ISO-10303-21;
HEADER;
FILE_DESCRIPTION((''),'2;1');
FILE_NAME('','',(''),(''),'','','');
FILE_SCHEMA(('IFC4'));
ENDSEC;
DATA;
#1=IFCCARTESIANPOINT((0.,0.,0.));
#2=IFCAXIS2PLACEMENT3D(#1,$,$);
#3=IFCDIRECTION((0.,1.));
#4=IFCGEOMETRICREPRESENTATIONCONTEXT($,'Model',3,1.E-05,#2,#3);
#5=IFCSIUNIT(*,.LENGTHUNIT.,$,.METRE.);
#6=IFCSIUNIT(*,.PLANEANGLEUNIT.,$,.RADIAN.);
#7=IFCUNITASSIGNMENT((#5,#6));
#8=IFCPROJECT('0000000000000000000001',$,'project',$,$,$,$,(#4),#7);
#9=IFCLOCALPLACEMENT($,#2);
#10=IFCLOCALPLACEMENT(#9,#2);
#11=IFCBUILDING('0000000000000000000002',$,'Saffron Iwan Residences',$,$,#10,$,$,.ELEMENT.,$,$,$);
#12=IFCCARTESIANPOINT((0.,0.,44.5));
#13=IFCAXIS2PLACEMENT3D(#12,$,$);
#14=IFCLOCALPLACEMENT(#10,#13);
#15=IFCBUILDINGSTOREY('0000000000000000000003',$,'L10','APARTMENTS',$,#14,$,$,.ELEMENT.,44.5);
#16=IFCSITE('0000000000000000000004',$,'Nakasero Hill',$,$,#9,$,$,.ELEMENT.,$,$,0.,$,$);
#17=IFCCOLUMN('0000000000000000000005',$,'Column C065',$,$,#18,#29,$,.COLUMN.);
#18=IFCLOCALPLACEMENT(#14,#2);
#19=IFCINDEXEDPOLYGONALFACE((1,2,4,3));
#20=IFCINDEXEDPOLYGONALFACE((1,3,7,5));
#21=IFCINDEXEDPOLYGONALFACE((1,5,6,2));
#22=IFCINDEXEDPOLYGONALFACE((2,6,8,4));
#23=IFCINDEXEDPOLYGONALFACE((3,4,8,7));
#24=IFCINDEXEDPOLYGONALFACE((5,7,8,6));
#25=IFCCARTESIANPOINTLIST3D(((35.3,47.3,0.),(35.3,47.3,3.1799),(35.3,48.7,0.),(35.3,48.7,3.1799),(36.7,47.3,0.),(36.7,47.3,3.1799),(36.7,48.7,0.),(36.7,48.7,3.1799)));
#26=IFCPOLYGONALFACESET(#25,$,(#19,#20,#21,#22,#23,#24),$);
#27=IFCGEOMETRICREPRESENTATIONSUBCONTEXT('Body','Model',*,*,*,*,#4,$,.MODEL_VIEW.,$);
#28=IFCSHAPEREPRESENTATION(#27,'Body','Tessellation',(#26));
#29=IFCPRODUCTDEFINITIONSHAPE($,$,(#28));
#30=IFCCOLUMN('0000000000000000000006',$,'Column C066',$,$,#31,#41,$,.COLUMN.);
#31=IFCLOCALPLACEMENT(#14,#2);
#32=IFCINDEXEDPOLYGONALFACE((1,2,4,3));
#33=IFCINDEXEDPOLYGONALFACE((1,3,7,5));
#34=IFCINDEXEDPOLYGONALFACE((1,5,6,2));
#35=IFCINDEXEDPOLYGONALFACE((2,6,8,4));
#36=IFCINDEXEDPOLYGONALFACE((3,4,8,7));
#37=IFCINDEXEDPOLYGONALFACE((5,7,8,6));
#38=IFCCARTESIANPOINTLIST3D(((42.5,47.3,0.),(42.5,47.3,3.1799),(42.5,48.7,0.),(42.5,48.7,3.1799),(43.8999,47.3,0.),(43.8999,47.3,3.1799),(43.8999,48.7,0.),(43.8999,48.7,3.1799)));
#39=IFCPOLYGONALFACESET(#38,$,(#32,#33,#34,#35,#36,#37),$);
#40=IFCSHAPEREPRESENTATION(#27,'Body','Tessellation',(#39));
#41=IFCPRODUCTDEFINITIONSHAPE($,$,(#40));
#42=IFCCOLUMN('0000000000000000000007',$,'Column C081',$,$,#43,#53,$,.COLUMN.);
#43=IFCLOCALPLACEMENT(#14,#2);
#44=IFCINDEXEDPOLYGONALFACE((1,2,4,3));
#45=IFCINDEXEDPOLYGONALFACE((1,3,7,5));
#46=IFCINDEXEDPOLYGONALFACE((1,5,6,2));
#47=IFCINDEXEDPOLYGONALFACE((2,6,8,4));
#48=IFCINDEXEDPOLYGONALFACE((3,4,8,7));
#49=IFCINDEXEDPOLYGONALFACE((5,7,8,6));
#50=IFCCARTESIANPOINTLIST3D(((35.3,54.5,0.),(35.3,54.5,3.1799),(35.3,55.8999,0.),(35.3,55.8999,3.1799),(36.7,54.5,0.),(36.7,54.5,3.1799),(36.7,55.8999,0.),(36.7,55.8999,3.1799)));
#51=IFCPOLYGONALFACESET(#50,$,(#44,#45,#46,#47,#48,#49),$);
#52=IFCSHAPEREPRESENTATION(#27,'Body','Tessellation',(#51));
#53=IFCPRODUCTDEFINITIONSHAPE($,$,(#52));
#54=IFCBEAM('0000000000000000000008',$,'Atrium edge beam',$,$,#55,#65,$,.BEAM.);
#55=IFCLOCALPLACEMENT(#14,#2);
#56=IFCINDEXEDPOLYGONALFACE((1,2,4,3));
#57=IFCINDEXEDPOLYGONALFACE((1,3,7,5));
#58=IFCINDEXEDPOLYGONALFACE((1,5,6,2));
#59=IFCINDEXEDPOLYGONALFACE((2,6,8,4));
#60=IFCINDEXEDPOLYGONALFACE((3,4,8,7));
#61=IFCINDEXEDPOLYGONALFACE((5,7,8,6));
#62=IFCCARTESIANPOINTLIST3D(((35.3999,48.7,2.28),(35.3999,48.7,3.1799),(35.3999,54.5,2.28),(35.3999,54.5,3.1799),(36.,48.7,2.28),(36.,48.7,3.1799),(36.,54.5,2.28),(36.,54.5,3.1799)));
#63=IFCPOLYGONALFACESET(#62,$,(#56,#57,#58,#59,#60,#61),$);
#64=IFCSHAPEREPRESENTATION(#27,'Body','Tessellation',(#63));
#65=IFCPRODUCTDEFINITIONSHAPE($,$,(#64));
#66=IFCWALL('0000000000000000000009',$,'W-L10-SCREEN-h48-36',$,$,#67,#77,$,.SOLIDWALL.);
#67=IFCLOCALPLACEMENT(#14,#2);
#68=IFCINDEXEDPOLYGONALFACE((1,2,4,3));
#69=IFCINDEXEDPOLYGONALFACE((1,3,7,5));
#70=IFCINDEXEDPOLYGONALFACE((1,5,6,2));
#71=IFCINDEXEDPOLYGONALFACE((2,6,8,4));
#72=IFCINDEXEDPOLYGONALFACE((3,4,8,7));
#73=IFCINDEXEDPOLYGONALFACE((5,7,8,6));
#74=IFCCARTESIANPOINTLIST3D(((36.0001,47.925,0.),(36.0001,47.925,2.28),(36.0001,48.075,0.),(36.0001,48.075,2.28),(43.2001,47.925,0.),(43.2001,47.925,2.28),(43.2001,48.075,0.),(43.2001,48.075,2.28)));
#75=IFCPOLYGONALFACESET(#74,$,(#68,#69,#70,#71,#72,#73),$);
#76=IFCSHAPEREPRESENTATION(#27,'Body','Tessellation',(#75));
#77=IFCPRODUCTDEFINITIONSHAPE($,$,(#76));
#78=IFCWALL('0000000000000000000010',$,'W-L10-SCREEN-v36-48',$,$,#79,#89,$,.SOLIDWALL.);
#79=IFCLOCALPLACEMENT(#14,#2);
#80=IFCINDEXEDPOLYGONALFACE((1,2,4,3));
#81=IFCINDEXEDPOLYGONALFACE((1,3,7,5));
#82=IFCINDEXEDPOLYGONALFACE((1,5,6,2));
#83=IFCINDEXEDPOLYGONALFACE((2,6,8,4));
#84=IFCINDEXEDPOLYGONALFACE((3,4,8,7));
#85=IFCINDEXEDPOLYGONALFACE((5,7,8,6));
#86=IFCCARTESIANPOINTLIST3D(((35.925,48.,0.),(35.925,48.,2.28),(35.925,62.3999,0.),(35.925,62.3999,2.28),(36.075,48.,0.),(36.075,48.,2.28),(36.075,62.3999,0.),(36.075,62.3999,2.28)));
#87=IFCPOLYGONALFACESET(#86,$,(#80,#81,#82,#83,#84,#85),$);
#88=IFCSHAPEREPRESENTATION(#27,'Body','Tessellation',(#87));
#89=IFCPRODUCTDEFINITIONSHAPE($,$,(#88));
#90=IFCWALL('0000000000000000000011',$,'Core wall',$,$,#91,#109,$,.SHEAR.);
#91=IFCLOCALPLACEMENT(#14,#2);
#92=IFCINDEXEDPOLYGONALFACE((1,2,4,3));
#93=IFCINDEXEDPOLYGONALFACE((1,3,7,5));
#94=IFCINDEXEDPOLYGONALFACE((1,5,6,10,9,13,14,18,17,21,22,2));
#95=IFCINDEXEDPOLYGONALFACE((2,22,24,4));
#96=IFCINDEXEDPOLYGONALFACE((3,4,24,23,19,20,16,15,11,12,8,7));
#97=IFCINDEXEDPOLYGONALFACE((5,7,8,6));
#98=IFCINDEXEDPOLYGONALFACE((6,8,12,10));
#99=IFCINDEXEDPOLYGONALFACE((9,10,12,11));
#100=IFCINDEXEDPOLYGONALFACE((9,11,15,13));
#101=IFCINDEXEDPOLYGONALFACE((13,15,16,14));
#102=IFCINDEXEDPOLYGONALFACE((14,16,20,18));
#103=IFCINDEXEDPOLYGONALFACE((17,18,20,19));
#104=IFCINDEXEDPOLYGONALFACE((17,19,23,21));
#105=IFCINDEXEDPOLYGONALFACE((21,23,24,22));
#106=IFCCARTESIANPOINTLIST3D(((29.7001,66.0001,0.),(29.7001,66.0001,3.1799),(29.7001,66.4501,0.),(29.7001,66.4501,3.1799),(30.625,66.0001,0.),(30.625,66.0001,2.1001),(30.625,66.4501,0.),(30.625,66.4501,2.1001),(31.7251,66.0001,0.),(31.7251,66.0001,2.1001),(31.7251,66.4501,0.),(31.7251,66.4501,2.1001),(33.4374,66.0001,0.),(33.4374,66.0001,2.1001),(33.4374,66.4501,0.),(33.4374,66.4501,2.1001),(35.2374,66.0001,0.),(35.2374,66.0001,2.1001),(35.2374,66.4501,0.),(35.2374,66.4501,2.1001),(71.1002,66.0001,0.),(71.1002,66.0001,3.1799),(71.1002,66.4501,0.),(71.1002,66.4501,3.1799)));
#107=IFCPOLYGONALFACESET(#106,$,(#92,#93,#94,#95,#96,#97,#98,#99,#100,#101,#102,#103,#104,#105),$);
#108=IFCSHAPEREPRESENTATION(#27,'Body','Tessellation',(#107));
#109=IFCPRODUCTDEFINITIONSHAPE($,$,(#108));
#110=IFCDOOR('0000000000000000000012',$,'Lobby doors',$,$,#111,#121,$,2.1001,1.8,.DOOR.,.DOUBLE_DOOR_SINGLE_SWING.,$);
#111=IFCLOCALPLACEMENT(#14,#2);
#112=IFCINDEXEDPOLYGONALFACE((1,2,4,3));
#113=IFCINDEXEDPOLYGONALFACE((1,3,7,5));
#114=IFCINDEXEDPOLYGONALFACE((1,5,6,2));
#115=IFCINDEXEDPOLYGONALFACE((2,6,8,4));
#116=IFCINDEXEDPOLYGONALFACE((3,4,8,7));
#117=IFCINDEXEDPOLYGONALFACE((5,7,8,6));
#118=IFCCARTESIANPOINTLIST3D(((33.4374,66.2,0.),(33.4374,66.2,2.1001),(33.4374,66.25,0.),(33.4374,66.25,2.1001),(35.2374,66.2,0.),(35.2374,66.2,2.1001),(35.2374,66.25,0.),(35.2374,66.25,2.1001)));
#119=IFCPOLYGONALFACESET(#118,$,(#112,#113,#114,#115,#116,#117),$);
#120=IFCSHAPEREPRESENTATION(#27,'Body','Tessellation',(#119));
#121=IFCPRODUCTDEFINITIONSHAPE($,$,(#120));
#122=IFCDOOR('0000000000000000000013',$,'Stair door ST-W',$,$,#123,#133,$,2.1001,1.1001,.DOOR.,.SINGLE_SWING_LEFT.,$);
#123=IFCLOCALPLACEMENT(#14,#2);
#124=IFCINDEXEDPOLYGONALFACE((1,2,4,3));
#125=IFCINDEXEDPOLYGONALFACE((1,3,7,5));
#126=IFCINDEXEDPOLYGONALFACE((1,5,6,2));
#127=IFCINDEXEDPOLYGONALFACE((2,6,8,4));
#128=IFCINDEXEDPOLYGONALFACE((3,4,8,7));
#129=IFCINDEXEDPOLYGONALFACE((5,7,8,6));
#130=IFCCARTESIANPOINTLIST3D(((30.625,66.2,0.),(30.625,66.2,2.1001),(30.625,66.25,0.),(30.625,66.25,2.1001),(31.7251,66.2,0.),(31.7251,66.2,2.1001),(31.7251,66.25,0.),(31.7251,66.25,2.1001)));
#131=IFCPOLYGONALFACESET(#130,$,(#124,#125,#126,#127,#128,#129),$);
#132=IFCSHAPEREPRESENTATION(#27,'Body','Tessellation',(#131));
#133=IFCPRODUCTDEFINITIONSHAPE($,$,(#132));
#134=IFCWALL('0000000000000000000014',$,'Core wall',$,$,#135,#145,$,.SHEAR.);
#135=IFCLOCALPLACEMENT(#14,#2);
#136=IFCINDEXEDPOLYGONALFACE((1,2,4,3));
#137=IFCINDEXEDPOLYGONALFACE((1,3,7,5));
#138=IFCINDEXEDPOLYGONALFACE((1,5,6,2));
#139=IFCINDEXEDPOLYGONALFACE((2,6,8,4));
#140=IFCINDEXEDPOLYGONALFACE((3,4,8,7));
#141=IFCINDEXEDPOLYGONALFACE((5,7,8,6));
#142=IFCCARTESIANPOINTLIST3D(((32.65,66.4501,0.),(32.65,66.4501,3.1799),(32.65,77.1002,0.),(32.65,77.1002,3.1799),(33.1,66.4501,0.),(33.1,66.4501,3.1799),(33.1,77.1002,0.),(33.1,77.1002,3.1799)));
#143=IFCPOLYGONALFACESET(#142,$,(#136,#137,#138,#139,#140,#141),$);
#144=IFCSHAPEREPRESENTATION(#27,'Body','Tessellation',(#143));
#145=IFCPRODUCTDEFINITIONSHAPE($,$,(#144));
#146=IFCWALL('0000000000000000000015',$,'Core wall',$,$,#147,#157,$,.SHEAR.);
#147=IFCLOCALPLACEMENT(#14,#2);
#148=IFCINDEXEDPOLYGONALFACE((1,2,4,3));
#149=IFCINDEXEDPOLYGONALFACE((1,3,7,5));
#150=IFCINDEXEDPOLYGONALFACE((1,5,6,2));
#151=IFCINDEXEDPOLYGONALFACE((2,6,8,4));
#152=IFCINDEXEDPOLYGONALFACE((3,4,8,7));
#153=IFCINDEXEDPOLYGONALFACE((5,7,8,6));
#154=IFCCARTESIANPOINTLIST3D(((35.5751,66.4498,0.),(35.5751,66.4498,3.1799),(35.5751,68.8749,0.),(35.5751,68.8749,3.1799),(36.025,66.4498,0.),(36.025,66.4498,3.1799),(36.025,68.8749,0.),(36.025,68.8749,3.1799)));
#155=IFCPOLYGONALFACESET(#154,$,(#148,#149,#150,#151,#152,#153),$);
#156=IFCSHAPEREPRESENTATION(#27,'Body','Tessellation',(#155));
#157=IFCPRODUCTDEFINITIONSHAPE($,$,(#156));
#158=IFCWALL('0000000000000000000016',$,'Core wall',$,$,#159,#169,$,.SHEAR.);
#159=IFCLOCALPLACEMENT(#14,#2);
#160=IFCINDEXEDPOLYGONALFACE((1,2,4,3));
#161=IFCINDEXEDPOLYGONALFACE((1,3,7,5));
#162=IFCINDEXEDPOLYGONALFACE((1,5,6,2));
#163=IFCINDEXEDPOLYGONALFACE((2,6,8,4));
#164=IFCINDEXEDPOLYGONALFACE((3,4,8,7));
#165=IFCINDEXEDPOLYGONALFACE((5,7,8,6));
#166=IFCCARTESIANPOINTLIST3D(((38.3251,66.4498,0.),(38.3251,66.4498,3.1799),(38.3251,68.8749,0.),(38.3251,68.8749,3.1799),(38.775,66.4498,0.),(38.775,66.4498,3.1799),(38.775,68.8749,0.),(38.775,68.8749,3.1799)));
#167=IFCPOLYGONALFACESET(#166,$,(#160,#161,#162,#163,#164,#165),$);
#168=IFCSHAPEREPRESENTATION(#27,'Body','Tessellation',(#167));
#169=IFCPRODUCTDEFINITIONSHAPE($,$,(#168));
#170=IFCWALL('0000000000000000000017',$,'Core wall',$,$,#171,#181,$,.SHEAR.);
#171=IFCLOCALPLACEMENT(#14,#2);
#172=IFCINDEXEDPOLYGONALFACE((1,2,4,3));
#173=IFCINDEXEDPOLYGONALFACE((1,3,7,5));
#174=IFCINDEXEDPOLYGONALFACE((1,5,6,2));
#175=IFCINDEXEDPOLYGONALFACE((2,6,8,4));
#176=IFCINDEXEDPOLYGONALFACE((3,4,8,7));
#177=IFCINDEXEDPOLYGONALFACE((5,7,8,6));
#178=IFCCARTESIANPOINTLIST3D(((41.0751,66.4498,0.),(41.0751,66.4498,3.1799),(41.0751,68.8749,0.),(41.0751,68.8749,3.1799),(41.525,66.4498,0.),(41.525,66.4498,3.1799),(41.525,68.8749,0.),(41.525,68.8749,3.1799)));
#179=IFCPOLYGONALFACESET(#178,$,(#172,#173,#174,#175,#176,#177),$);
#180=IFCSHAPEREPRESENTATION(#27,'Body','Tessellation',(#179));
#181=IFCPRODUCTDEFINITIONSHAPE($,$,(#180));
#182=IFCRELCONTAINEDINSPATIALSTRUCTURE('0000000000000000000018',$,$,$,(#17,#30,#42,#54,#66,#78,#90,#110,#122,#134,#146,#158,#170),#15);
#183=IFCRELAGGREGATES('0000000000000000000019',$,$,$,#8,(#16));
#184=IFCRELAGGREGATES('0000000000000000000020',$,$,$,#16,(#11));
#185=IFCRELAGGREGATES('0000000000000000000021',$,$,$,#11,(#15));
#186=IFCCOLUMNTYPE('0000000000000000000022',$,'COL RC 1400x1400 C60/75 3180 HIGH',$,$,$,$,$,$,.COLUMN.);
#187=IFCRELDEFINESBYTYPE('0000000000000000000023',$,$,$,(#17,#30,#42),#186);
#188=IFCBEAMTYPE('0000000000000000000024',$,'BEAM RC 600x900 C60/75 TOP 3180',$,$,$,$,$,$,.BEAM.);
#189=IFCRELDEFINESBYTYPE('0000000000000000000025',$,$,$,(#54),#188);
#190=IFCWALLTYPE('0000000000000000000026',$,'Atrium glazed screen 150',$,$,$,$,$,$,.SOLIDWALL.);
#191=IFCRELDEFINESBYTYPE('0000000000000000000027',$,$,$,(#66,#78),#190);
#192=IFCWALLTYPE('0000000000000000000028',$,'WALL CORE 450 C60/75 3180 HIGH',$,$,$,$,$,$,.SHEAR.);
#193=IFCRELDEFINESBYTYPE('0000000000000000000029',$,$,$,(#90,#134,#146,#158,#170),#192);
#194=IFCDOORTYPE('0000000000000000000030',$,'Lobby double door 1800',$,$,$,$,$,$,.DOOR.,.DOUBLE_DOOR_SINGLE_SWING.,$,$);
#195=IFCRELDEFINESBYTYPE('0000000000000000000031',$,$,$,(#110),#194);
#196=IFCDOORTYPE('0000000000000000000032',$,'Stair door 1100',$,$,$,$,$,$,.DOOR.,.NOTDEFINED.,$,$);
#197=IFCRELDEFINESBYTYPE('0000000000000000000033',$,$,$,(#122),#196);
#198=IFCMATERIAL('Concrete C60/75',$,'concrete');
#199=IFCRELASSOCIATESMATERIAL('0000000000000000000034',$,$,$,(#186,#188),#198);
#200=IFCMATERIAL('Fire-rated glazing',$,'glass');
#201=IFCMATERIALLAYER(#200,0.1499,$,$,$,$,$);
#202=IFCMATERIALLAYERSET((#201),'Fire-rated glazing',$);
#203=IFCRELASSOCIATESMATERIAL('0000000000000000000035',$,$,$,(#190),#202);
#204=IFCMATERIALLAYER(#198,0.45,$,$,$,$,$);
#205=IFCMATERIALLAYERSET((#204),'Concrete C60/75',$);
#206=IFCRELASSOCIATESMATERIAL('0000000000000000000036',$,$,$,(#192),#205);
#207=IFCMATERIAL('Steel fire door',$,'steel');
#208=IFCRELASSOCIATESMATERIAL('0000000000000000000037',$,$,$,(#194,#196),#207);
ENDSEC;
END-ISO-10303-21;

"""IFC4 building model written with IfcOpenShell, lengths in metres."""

from ifc_helpers import new_model, si_unit, direction, frame, frame_2d, origin, origin_2d, place, context, subcontext, project, spatial, rectangle, extrude, source, transform, mapped, material, layer, layer_set, material_profile, profile_set, type_object, element, fill, save


model = new_model("IFC4")

# Units and contexts
model_context = context("Model", 3, precision=1e-05, world=origin(), true_north=direction((0.0, 1.0)))
body_context = subcontext(model_context, "Body", "Model", "MODEL_VIEW")
ifc_project = project(units=[si_unit("LENGTHUNIT", "METRE"), si_unit("PLANEANGLEUNIT", "RADIAN")], contexts=[model_context])

# Site, building, storey
site_placement = place(None, origin())
site = spatial("IfcSite", under=ifc_project, at=site_placement, Name="Nakasero Hill", CompositionType="ELEMENT", RefElevation=0.0)
building_placement = place(site_placement, origin())
building = spatial("IfcBuilding", under=site, at=building_placement, Name="Saffron Iwan Residences", CompositionType="ELEMENT")
storey_placement = place(building_placement, frame((0.0, 0.0, 44.5)))
storey = spatial("IfcBuildingStorey", under=building, at=storey_placement, Name="L10", Description="APARTMENTS", CompositionType="ELEMENT", Elevation=44.5)

# Columns
ifc_material_1 = material(Name="Concrete C60/75", Category="concrete")
ifc_material_profile_1 = material_profile(ifc_material_1, rectangle(XDim=1.3999, YDim=1.3999, at=origin_2d()), Name="RC 1400x1400")
ifc_profile_set_1 = profile_set([ifc_material_profile_1], Name="Concrete C60/75")
column_type = type_object("IfcColumnType", Name="COL RC 1400x1400 C60/75 3180 HIGH", PredefinedType="COLUMN", material=ifc_profile_set_1)
shared_shape_1 = source(origin(), body_context, "Body", "SweptSolid", [
    extrude(rectangle(XDim=1.3999, YDim=1.3999, at=origin_2d()), origin(), (0.0, 0.0, 1.0), 3.1799),
])
for number, where, z_axis, x_axis, name in (
    (1, (36.0, 48.0, 0.0), (0.0, 0.0, 1.0), (1.0, 0.0, 0.0), "Column C065"),
    (2, (43.2, 48.0, 0.0), (0.0, 0.0, 1.0), (1.0, 0.0, 0.0), "Column C066"),
    (3, (36.0, 55.2, 0.0), (0.0, 0.0, 1.0), (1.0, 0.0, 0.0), "Column C081"),
):
    element("IfcColumn", number, at=place(storey_placement, frame(where, z_axis=z_axis, x_axis=x_axis)), inside=storey, type_object=column_type, Name=name, PredefinedType="COLUMN", context=body_context, shape_type="MappedRepresentation", body=[
        mapped(shared_shape_1, transform((0.0, 0.0, 0.0))),
    ])

# Beam
ifc_material_profile_2 = material_profile(ifc_material_1, rectangle(XDim=0.6001, YDim=0.8999, at=origin_2d()), Name="RC 600x900")
ifc_profile_set_2 = profile_set([ifc_material_profile_2], Name="Concrete C60/75")
beam_type = type_object("IfcBeamType", Name="BEAM RC 600x900 C60/75 TOP 3180", PredefinedType="BEAM", material=ifc_profile_set_2)
shared_shape_2 = source(origin(), body_context, "Body", "SweptSolid", [
    extrude(rectangle(XDim=0.6001, YDim=0.8999, at=origin_2d()), origin(), (0.0, 0.0, 1.0), 5.8),
])
beam_placement = place(storey_placement, frame((35.7, 48.7, 2.73), z_axis=(0.0, 1.0, 0.0), x_axis=(-1.0, 0.0, 0.0)))
element("IfcBeam", 4, at=beam_placement, inside=storey, type_object=beam_type, Name="Atrium edge beam", PredefinedType="BEAM", context=body_context, shape_type="MappedRepresentation", body=[
    mapped(shared_shape_2, transform((0.0, 0.0, 0.0))),
])

# Walls
ifc_material_2 = material(Name="Fire-rated glazing", Category="glass")
ifc_layer_1 = layer(ifc_material_2, 0.1499)
ifc_layer_set_1 = layer_set([ifc_layer_1], Name="Fire-rated glazing")
wall_type_1 = type_object("IfcWallType", Name="Atrium glazed screen 150", PredefinedType="SOLIDWALL", material=ifc_layer_set_1)
wall_1_placement = place(storey_placement, frame((36.0, 48.0, 0.0), z_axis=(0.0, 0.0, 1.0), x_axis=(1.0, 0.0, 0.0)))
element("IfcWall", 5, at=wall_1_placement, inside=storey, type_object=wall_type_1, Name="W-L10-SCREEN-h48-36", PredefinedType="SOLIDWALL", context=body_context, shape_type="SweptSolid", body=[
    extrude(rectangle(XDim=7.2, YDim=0.1499, at=frame_2d((3.6001, 0.0))), origin(), (0.0, 0.0, 1.0), 2.28),
])
wall_2_placement = place(storey_placement, frame((36.0, 48.0, 0.0), z_axis=(0.0, 0.0, 1.0), x_axis=(0.0, 1.0, 0.0)))
element("IfcWall", 6, at=wall_2_placement, inside=storey, type_object=wall_type_1, Name="W-L10-SCREEN-v36-48", PredefinedType="SOLIDWALL", context=body_context, shape_type="SweptSolid", body=[
    extrude(rectangle(XDim=14.3999, YDim=0.1499, at=frame_2d((7.2, 0.0))), origin(), (0.0, 0.0, 1.0), 2.28),
])

# Wall, openings, doors
ifc_layer_2 = layer(ifc_material_1, 0.45)
ifc_layer_set_2 = layer_set([ifc_layer_2], Name="Concrete C60/75")
wall_type_2 = type_object("IfcWallType", Name="WALL CORE 450 C60/75 3180 HIGH", PredefinedType="SHEAR", material=ifc_layer_set_2)
wall_3_placement = place(storey_placement, frame((29.7, 66.2251, 0.0), z_axis=(0.0, 0.0, 1.0), x_axis=(1.0, 0.0, 0.0)))
wall_3 = element("IfcWall", 7, at=wall_3_placement, inside=storey, type_object=wall_type_2, Name="Core wall", PredefinedType="SHEAR", context=body_context, shape_type="SweptSolid", body=[
    extrude(rectangle(XDim=41.4001, YDim=0.45, at=frame_2d((20.7002, 0.0))), origin(), (0.0, 0.0, 1.0), 3.1799),
])
opening_1_placement = place(wall_3_placement, frame((0.925, 0.0, 0.0)))
opening_1 = element("IfcOpeningElement", 8, at=opening_1_placement, cuts=wall_3, PredefinedType="OPENING", context=body_context, shape_type="SweptSolid", body=[
    extrude(rectangle(XDim=1.1001, YDim=2.1001, at=frame_2d((0.55, 1.05))), frame((0.0, 0.2349, 0.0), z_axis=(0.0, -1.0, 0.0), x_axis=(1.0, 0.0, 0.0)), (0.0, 0.0, 1.0), 0.47),
])
opening_2_placement = place(wall_3_placement, frame((3.7375, 0.0, 0.0)))
opening_2 = element("IfcOpeningElement", 9, at=opening_2_placement, cuts=wall_3, PredefinedType="OPENING", context=body_context, shape_type="SweptSolid", body=[
    extrude(rectangle(XDim=1.8, YDim=2.1001, at=frame_2d((0.8999, 1.05))), frame((0.0, 0.2349, 0.0), z_axis=(0.0, -1.0, 0.0), x_axis=(1.0, 0.0, 0.0)), (0.0, 0.0, 1.0), 0.47),
])
ifc_material_3 = material(Name="Steel fire door", Category="steel")
door_type_1 = type_object("IfcDoorType", Name="Lobby double door 1800", OperationType="DOUBLE_DOOR_SINGLE_SWING", PredefinedType="DOOR", material=ifc_material_3)
door_1_placement = place(opening_2_placement, origin())
door_1 = element("IfcDoor", 10, at=door_1_placement, inside=storey, type_object=door_type_1, Name="Lobby doors", OperationType="DOUBLE_DOOR_SINGLE_SWING", OverallHeight=2.1001, OverallWidth=1.8, PredefinedType="DOOR", context=body_context, shape_type="SweptSolid", body=[
    extrude(rectangle(XDim=1.8, YDim=2.1001, at=frame_2d((0.8999, 1.05))), frame((0.0, 0.0249, 0.0), z_axis=(0.0, -1.0, 0.0), x_axis=(1.0, 0.0, 0.0)), (0.0, 0.0, 1.0), 0.05),
])
fill(opening_2, door_1)
door_type_2 = type_object("IfcDoorType", Name="Stair door 1100", OperationType="NOTDEFINED", PredefinedType="DOOR", material=ifc_material_3)
door_2_placement = place(opening_1_placement, origin())
door_2 = element("IfcDoor", 11, at=door_2_placement, inside=storey, type_object=door_type_2, Name="Stair door ST-W", OperationType="SINGLE_SWING_LEFT", OverallHeight=2.1001, OverallWidth=1.1001, PredefinedType="DOOR", context=body_context, shape_type="SweptSolid", body=[
    extrude(rectangle(XDim=1.1001, YDim=2.1001, at=frame_2d((0.55, 1.05))), frame((0.0, 0.0249, 0.0), z_axis=(0.0, -1.0, 0.0), x_axis=(1.0, 0.0, 0.0)), (0.0, 0.0, 1.0), 0.05),
])
fill(opening_1, door_2)

# Walls
wall_4_placement = place(storey_placement, frame((32.875, 66.45, 0.0), z_axis=(0.0, 0.0, 1.0), x_axis=(0.0, 1.0, 0.0)))
element("IfcWall", 12, at=wall_4_placement, inside=storey, type_object=wall_type_2, Name="Core wall", PredefinedType="SHEAR", context=body_context, shape_type="SweptSolid", body=[
    extrude(rectangle(XDim=10.6501, YDim=0.45, at=frame_2d((5.3252, 0.0))), origin(), (0.0, 0.0, 1.0), 3.1799),
])
for number, where, z_axis, x_axis, name in (
    (13, (35.8, 66.45, 0.0), (0.0, 0.0, 1.0), (0.0, 1.0, 0.0), "Core wall"),
    (14, (38.55, 66.45, 0.0), (0.0, 0.0, 1.0), (0.0, 1.0, 0.0), "Core wall"),
    (15, (41.3, 66.45, 0.0), (0.0, 0.0, 1.0), (0.0, 1.0, 0.0), "Core wall"),
):
    element("IfcWall", number, at=place(storey_placement, frame(where, z_axis=z_axis, x_axis=x_axis)), inside=storey, type_object=wall_type_2, Name=name, PredefinedType="SHEAR", context=body_context, shape_type="SweptSolid", body=[
        extrude(rectangle(XDim=2.425, YDim=0.45, at=frame_2d((1.2124, 0.0))), origin(), (0.0, 0.0, 1.0), 3.1799),
    ])

save(model, "model.ifc")
